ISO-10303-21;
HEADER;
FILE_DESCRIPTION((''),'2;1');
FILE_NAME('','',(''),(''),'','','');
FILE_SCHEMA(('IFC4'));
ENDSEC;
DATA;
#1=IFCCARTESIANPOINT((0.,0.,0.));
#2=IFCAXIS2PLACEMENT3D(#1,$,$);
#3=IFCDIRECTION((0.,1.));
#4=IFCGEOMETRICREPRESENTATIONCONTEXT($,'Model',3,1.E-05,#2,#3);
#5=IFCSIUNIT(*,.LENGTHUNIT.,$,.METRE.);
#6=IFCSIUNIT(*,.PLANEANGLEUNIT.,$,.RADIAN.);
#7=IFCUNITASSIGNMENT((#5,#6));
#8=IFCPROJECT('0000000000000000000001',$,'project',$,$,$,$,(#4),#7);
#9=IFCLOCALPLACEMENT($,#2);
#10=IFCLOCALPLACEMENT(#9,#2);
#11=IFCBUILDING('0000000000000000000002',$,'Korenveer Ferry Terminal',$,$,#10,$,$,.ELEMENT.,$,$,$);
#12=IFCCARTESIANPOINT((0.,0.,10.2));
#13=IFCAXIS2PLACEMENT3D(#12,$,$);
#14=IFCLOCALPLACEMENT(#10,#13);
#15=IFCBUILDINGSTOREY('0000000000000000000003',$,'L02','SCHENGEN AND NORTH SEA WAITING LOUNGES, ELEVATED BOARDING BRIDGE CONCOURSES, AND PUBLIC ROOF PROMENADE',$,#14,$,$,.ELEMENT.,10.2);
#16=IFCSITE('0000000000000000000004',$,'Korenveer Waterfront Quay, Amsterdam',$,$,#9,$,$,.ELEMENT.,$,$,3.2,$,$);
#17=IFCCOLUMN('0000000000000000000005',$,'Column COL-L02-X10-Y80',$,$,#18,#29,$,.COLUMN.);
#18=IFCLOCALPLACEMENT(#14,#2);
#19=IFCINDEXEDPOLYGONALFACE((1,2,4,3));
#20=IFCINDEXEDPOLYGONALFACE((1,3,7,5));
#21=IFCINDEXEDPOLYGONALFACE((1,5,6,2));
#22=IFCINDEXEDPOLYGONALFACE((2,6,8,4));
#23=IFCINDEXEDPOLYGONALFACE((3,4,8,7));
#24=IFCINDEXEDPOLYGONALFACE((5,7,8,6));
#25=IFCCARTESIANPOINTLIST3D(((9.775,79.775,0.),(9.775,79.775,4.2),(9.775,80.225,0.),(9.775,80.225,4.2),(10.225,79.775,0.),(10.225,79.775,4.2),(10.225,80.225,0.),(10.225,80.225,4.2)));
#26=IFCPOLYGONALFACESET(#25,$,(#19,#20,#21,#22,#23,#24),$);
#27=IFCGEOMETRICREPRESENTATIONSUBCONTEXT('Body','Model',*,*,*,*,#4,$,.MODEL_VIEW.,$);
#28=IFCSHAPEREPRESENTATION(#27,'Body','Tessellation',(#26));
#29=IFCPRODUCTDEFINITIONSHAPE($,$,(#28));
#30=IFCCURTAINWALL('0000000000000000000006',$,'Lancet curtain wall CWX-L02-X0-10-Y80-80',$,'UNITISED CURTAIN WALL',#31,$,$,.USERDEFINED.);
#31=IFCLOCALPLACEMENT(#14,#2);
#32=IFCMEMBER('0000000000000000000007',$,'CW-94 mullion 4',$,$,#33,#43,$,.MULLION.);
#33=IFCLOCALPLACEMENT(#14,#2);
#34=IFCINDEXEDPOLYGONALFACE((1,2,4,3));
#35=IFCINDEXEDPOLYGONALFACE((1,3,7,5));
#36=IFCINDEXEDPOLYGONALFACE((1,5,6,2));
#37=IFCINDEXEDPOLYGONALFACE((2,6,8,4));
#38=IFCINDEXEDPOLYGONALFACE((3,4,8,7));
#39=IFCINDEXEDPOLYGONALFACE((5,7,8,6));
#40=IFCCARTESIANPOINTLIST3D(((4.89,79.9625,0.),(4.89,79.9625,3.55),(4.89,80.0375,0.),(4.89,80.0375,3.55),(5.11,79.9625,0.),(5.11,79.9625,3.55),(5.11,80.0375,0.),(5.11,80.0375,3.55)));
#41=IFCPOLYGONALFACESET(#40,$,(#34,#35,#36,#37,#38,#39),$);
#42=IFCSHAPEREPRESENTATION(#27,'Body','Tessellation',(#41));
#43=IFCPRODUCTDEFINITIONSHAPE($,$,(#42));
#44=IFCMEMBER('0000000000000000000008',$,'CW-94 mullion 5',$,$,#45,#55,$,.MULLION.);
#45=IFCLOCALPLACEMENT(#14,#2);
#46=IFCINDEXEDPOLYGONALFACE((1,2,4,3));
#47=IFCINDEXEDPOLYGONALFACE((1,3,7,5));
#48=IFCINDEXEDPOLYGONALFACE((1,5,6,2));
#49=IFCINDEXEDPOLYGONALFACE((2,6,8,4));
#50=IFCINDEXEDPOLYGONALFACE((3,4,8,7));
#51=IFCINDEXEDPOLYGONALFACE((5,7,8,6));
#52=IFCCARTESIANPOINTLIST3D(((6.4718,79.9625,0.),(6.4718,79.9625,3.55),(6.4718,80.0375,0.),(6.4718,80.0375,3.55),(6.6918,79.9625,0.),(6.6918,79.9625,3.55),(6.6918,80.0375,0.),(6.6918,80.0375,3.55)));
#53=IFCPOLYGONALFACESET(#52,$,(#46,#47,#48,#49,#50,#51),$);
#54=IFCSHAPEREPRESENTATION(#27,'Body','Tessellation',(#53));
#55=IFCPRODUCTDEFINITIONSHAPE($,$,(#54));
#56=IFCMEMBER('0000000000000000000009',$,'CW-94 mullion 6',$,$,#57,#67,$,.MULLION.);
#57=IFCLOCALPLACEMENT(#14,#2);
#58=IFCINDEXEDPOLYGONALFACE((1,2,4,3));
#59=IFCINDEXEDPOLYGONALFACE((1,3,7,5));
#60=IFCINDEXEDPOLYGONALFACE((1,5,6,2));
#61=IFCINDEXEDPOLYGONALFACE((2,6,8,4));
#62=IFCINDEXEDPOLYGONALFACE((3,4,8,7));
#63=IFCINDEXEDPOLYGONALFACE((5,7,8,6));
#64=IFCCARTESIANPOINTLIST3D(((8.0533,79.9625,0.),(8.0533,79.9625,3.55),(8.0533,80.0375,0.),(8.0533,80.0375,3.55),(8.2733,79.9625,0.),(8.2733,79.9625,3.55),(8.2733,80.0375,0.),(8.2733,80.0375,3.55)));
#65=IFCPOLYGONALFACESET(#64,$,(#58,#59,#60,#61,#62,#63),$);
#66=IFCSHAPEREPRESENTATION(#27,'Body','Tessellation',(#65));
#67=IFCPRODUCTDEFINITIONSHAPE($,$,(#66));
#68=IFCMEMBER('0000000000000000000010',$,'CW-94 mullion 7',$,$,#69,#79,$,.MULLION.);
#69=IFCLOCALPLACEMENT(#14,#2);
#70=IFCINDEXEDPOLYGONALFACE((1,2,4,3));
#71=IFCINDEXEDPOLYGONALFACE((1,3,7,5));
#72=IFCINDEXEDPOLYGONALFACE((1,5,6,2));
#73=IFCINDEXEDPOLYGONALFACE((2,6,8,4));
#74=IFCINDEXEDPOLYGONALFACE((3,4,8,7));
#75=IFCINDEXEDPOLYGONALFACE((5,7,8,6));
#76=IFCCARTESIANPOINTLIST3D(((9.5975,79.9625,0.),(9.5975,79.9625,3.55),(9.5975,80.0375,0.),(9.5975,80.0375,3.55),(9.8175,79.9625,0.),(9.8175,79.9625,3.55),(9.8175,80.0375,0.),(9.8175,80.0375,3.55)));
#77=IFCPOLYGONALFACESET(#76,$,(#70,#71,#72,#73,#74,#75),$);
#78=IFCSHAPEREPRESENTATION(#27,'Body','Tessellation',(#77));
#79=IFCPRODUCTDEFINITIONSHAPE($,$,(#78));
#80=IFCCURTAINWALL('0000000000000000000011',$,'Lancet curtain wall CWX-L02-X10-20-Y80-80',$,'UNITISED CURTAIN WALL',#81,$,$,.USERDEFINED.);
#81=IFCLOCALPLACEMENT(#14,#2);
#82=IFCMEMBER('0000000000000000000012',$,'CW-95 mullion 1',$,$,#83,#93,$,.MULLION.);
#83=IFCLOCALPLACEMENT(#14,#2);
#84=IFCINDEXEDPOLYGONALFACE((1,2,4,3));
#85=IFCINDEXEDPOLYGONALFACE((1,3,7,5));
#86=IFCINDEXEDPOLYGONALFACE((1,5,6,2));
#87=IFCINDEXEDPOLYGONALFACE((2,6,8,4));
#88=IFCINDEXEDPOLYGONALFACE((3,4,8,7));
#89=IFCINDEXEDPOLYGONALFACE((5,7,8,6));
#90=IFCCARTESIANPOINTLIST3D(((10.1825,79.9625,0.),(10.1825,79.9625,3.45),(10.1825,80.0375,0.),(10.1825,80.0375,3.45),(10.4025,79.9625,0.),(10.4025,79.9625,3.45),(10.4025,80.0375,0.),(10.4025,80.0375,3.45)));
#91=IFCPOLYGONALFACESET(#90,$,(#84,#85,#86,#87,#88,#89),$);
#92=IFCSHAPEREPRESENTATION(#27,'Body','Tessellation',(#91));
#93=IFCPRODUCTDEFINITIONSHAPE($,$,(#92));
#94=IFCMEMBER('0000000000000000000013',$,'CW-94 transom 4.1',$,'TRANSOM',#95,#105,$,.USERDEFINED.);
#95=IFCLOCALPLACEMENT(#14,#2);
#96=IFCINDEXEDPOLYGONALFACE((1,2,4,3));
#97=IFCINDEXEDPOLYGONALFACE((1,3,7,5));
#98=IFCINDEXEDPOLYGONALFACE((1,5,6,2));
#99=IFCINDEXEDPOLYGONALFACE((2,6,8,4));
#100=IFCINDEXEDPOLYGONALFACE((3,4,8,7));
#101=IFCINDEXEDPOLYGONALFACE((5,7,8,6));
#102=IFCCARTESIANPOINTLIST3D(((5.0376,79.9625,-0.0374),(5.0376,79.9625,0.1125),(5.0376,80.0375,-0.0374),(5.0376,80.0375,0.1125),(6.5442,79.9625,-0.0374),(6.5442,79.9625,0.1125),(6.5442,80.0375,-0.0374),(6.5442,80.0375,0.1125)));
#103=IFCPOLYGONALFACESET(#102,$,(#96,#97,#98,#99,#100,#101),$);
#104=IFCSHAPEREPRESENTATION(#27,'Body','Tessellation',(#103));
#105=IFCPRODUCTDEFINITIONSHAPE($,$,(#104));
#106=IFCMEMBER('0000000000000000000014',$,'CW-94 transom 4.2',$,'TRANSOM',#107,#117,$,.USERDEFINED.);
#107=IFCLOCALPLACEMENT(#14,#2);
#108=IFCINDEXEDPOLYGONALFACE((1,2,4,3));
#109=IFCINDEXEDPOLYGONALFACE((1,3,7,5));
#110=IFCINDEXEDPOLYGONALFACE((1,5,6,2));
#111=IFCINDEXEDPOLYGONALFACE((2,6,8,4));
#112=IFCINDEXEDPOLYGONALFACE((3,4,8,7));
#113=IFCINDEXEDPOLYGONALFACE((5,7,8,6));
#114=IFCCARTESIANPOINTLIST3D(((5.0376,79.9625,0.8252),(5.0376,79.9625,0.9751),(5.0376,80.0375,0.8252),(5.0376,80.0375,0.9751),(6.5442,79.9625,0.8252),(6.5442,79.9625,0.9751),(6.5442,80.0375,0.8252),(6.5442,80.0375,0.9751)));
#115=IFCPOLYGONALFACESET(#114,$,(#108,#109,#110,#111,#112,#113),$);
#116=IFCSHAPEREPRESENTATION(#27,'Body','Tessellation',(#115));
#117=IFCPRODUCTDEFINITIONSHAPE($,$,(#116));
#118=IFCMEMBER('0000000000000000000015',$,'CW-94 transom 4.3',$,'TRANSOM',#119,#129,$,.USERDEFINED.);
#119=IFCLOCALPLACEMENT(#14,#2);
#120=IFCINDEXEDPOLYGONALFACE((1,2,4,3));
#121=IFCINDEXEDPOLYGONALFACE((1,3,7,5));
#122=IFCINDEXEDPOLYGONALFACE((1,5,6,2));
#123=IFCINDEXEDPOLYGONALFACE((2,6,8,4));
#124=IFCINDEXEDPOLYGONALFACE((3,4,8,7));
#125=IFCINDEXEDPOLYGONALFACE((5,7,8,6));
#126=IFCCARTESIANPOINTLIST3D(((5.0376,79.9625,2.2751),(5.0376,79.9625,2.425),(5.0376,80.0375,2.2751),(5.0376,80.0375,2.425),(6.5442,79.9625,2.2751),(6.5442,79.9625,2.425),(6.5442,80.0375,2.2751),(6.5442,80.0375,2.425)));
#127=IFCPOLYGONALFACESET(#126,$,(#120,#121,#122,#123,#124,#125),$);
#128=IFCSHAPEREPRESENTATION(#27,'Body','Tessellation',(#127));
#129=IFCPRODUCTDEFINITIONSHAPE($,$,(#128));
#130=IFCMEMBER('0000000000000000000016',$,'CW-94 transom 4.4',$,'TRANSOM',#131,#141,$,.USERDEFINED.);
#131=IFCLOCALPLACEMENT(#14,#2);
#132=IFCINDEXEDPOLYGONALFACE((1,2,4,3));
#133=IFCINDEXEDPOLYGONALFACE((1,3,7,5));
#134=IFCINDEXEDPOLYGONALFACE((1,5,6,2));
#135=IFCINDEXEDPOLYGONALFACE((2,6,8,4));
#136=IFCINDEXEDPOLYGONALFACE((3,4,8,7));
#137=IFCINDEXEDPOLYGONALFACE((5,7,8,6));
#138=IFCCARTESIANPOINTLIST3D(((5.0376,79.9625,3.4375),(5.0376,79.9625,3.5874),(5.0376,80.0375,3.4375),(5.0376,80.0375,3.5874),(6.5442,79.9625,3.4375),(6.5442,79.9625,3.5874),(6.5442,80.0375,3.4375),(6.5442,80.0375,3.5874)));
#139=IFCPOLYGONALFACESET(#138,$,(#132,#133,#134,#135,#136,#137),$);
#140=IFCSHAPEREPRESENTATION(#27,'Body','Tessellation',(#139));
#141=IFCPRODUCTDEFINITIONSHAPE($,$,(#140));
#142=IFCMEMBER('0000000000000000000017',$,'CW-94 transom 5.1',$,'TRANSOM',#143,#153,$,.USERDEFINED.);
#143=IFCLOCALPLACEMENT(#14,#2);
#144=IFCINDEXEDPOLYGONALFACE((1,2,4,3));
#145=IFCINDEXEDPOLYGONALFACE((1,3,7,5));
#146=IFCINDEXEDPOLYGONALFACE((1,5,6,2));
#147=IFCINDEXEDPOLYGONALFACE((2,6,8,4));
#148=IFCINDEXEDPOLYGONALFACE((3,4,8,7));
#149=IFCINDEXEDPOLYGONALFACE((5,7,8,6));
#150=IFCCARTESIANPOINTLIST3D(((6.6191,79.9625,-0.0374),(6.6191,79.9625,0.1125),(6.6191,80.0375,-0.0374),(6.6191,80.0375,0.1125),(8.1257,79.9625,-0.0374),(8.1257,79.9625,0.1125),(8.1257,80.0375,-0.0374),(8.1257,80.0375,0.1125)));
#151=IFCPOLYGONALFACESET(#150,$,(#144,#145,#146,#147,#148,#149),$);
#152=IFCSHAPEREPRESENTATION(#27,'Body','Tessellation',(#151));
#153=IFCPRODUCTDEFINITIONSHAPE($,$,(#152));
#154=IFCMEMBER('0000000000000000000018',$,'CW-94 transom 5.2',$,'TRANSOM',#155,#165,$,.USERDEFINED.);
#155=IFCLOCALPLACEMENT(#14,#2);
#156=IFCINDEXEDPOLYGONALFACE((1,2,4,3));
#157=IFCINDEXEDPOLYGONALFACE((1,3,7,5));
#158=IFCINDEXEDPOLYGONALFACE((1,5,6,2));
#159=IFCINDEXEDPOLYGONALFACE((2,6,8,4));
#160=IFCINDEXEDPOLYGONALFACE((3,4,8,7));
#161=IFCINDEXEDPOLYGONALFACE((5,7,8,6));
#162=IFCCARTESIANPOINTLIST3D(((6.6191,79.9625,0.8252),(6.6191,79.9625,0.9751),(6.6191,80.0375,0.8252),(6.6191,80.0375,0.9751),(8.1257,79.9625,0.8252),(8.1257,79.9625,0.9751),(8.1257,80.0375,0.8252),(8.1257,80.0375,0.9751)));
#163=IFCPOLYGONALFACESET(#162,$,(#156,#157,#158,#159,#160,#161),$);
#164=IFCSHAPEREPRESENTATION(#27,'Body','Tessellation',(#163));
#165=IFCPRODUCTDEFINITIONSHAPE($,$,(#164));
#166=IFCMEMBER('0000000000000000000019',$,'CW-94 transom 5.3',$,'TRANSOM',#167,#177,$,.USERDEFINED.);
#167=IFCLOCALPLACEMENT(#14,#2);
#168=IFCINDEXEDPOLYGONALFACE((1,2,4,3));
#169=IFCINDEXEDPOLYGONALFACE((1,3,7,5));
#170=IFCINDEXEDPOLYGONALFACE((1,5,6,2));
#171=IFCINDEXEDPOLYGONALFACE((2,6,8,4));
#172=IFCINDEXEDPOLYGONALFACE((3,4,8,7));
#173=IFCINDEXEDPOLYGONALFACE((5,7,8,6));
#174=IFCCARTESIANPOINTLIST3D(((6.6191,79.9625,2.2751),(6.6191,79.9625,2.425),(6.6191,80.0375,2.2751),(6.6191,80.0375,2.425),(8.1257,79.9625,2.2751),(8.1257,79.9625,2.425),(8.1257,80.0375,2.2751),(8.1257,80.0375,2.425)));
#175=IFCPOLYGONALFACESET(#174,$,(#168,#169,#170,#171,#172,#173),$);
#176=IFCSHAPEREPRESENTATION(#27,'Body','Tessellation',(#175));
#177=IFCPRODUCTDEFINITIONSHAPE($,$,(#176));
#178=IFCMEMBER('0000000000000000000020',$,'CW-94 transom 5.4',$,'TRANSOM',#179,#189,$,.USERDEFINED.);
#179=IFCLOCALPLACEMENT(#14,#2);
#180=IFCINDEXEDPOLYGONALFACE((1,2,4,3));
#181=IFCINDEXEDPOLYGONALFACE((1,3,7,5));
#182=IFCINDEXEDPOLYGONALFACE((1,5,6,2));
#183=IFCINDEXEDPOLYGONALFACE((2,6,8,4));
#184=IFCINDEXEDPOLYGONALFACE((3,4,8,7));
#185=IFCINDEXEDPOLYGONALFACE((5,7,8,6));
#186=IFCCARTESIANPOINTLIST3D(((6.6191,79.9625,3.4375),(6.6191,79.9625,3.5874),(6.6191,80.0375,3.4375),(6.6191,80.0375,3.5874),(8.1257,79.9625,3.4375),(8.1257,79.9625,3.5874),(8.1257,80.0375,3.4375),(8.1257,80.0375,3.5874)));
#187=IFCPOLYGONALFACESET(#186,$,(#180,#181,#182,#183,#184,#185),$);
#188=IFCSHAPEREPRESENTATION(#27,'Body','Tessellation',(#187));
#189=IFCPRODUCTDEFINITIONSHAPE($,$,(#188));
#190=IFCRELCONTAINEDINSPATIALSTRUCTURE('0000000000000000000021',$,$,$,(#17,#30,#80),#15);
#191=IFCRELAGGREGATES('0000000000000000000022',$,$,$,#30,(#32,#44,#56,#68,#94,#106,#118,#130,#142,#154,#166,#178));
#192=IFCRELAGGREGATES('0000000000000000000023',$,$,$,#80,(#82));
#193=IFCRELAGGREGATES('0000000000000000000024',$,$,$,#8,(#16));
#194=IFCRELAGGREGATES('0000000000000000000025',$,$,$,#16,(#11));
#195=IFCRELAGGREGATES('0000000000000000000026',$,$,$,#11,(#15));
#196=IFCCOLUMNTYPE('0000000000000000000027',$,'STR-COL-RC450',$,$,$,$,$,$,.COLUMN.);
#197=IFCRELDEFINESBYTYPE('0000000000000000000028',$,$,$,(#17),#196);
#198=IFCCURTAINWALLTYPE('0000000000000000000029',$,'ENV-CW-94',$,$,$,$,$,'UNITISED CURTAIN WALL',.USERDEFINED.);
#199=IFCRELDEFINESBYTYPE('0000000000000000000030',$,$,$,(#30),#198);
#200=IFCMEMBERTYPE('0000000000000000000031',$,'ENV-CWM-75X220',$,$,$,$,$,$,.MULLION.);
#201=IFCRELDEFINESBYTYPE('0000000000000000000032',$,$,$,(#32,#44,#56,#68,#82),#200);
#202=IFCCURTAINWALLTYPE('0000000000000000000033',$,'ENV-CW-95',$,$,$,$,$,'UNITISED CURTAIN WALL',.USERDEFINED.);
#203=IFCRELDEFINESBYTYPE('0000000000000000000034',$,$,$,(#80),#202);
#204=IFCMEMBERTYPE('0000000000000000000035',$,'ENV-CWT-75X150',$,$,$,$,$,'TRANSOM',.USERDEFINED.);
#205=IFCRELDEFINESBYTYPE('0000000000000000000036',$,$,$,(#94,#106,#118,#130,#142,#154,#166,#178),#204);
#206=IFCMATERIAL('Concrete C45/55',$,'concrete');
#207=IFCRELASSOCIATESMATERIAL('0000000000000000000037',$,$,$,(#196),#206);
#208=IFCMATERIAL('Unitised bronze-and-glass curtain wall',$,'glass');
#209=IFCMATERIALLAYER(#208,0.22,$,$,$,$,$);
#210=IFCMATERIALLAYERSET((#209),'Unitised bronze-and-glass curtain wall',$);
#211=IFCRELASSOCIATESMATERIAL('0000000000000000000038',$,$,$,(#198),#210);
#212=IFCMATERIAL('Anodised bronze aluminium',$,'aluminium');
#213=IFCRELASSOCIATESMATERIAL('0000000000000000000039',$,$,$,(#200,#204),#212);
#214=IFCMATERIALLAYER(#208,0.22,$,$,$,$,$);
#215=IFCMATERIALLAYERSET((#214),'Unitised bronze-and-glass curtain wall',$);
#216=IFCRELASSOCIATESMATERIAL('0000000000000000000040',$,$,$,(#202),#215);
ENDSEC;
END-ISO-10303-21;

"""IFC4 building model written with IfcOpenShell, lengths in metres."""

from ifc_helpers import new_model, si_unit, direction, frame, origin, origin_2d, place, context, subcontext, project, spatial, rectangle, extrude, material, layer, layer_set, material_profile, profile_set, type_object, element, aggregate, save


model = new_model("IFC4")

# Units and contexts
model_context = context("Model", 3, precision=1e-05, world=origin(), true_north=direction((0.0, 1.0)))
body_context = subcontext(model_context, "Body", "Model", "MODEL_VIEW")
ifc_project = project(units=[si_unit("LENGTHUNIT", "METRE"), si_unit("PLANEANGLEUNIT", "RADIAN")], contexts=[model_context])

# Site, building, storey
site_placement = place(None, origin())
site = spatial("IfcSite", under=ifc_project, at=site_placement, Name="Korenveer Waterfront Quay, Amsterdam", CompositionType="ELEMENT", RefElevation=3.2)
building_placement = place(site_placement, origin())
building = spatial("IfcBuilding", under=site, at=building_placement, Name="Korenveer Ferry Terminal", CompositionType="ELEMENT")
storey_placement = place(building_placement, frame((0.0, 0.0, 10.2)))
storey = spatial("IfcBuildingStorey", under=building, at=storey_placement, Name="L02", Description="SCHENGEN AND NORTH SEA WAITING LOUNGES, ELEVATED BOARDING BRIDGE CONCOURSES, AND PUBLIC ROOF PROMENADE", CompositionType="ELEMENT", Elevation=10.2)

# Column
ifc_material_1 = material(Name="Concrete C45/55", Category="concrete")
ifc_material_profile_1 = material_profile(ifc_material_1, rectangle(XDim=0.45, YDim=0.45, at=origin_2d()), Name="RC 450x450")
ifc_profile_set_1 = profile_set([ifc_material_profile_1], Name="Concrete C45/55")
column_type = type_object("IfcColumnType", Name="STR-COL-RC450", PredefinedType="COLUMN", material=ifc_profile_set_1)
column_placement = place(storey_placement, frame((10.0, 80.0, 0.0), z_axis=(0.0, 0.0, 1.0), x_axis=(1.0, 0.0, 0.0)))
element("IfcColumn", 1, at=column_placement, inside=storey, type_object=column_type, Name="Column COL-L02-X10-Y80", PredefinedType="COLUMN", context=body_context, shape_type="SweptSolid", body=[
    extrude(rectangle(XDim=0.45, YDim=0.45, at=origin_2d()), origin(), (0.0, 0.0, 1.0), 4.2),
])

# Curtain wall, members
ifc_material_2 = material(Name="Unitised bronze-and-glass curtain wall", Category="glass")
ifc_layer_1 = layer(ifc_material_2, 0.22)
ifc_layer_set_1 = layer_set([ifc_layer_1], Name="Unitised bronze-and-glass curtain wall")
curtain_wall_type_1 = type_object("IfcCurtainWallType", Name="ENV-CW-94", ElementType="UNITISED CURTAIN WALL", PredefinedType="USERDEFINED", material=ifc_layer_set_1)
curtain_wall_1_placement = place(storey_placement, frame((0.2549, 80.0, 0.0)))
curtain_wall_1 = element("IfcCurtainWall", 2, at=curtain_wall_1_placement, inside=storey, type_object=curtain_wall_type_1, Name="Lancet curtain wall CWX-L02-X0-10-Y80-80", ObjectType="UNITISED CURTAIN WALL", PredefinedType="USERDEFINED")
ifc_material_3 = material(Name="Anodised bronze aluminium", Category="aluminium")
ifc_material_profile_2 = material_profile(ifc_material_3, rectangle(XDim=0.075, YDim=0.22, at=origin_2d()), Name="ALU 75x220")
ifc_profile_set_2 = profile_set([ifc_material_profile_2], Name="Anodised bronze aluminium")
member_type_1 = type_object("IfcMemberType", Name="ENV-CWM-75X220", PredefinedType="MULLION", material=ifc_profile_set_2)
member_1_placement = place(storey_placement, frame((5.0, 80.0, 0.0), z_axis=(0.0, 0.0, 1.0), x_axis=(0.0, 1.0, 0.0)))
member_1 = element("IfcMember", 3, at=member_1_placement, type_object=member_type_1, Name="CW-94 mullion 4", PredefinedType="MULLION", context=body_context, shape_type="SweptSolid", body=[
    extrude(rectangle(XDim=0.075, YDim=0.22, at=origin_2d()), origin(), (0.0, 0.0, 1.0), 3.55),
])
member_2_placement = place(storey_placement, frame((6.5818, 80.0, 0.0), z_axis=(0.0, 0.0, 1.0), x_axis=(0.0, 1.0, 0.0)))
member_2 = element("IfcMember", 4, at=member_2_placement, type_object=member_type_1, Name="CW-94 mullion 5", PredefinedType="MULLION", context=body_context, shape_type="SweptSolid", body=[
    extrude(rectangle(XDim=0.075, YDim=0.22, at=origin_2d()), origin(), (0.0, 0.0, 1.0), 3.55),
])
member_3_placement = place(storey_placement, frame((8.1633, 80.0, 0.0), z_axis=(0.0, 0.0, 1.0), x_axis=(0.0, 1.0, 0.0)))
member_3 = element("IfcMember", 5, at=member_3_placement, type_object=member_type_1, Name="CW-94 mullion 6", PredefinedType="MULLION", context=body_context, shape_type="SweptSolid", body=[
    extrude(rectangle(XDim=0.075, YDim=0.22, at=origin_2d()), origin(), (0.0, 0.0, 1.0), 3.55),
])
member_4_placement = place(storey_placement, frame((9.7075, 80.0, 0.0), z_axis=(0.0, 0.0, 1.0), x_axis=(0.0, 1.0, 0.0)))
member_4 = element("IfcMember", 6, at=member_4_placement, type_object=member_type_1, Name="CW-94 mullion 7", PredefinedType="MULLION", context=body_context, shape_type="SweptSolid", body=[
    extrude(rectangle(XDim=0.075, YDim=0.22, at=origin_2d()), origin(), (0.0, 0.0, 1.0), 3.55),
])

# Curtain wall, member
ifc_layer_2 = layer(ifc_material_2, 0.22)
ifc_layer_set_2 = layer_set([ifc_layer_2], Name="Unitised bronze-and-glass curtain wall")
curtain_wall_type_2 = type_object("IfcCurtainWallType", Name="ENV-CW-95", ElementType="UNITISED CURTAIN WALL", PredefinedType="USERDEFINED", material=ifc_layer_set_2)
curtain_wall_2_placement = place(storey_placement, frame((10.2549, 80.0, 0.0)))
curtain_wall_2 = element("IfcCurtainWall", 7, at=curtain_wall_2_placement, inside=storey, type_object=curtain_wall_type_2, Name="Lancet curtain wall CWX-L02-X10-20-Y80-80", ObjectType="UNITISED CURTAIN WALL", PredefinedType="USERDEFINED")
member_5_placement = place(storey_placement, frame((10.2925, 80.0, 0.0), z_axis=(0.0, 0.0, 1.0), x_axis=(0.0, 1.0, 0.0)))
member_5 = element("IfcMember", 8, at=member_5_placement, type_object=member_type_1, Name="CW-95 mullion 1", PredefinedType="MULLION", context=body_context, shape_type="SweptSolid", body=[
    extrude(rectangle(XDim=0.075, YDim=0.22, at=origin_2d()), origin(), (0.0, 0.0, 1.0), 3.45),
])

# Members
ifc_material_profile_3 = material_profile(ifc_material_3, rectangle(XDim=0.075, YDim=0.1499, at=origin_2d()), Name="ALU 75x150")
ifc_profile_set_3 = profile_set([ifc_material_profile_3], Name="Anodised bronze aluminium")
member_type_2 = type_object("IfcMemberType", Name="ENV-CWT-75X150", ElementType="TRANSOM", PredefinedType="USERDEFINED", material=ifc_profile_set_3)
member_6_placement = place(storey_placement, frame((5.0376, 80.0, 0.0376), z_axis=(1.0, 0.0, 0.0), x_axis=(0.0, 1.0, 0.0)))
member_6 = element("IfcMember", 9, at=member_6_placement, type_object=member_type_2, Name="CW-94 transom 4.1", ObjectType="TRANSOM", PredefinedType="USERDEFINED", context=body_context, shape_type="SweptSolid", body=[
    extrude(rectangle(XDim=0.075, YDim=0.1499, at=origin_2d()), origin(), (0.0, 0.0, 1.0), 1.5066),
])
member_7_placement = place(storey_placement, frame((5.0376, 80.0, 0.9001), z_axis=(1.0, 0.0, 0.0), x_axis=(0.0, 1.0, 0.0)))
member_7 = element("IfcMember", 10, at=member_7_placement, type_object=member_type_2, Name="CW-94 transom 4.2", ObjectType="TRANSOM", PredefinedType="USERDEFINED", context=body_context, shape_type="SweptSolid", body=[
    extrude(rectangle(XDim=0.075, YDim=0.1499, at=origin_2d()), origin(), (0.0, 0.0, 1.0), 1.5066),
])
member_8_placement = place(storey_placement, frame((5.0376, 80.0, 2.3501), z_axis=(1.0, 0.0, 0.0), x_axis=(0.0, 1.0, 0.0)))
member_8 = element("IfcMember", 11, at=member_8_placement, type_object=member_type_2, Name="CW-94 transom 4.3", ObjectType="TRANSOM", PredefinedType="USERDEFINED", context=body_context, shape_type="SweptSolid", body=[
    extrude(rectangle(XDim=0.075, YDim=0.1499, at=origin_2d()), origin(), (0.0, 0.0, 1.0), 1.5066),
])
member_9_placement = place(storey_placement, frame((5.0376, 80.0, 3.5125), z_axis=(1.0, 0.0, 0.0), x_axis=(0.0, 1.0, 0.0)))
member_9 = element("IfcMember", 12, at=member_9_placement, type_object=member_type_2, Name="CW-94 transom 4.4", ObjectType="TRANSOM", PredefinedType="USERDEFINED", context=body_context, shape_type="SweptSolid", body=[
    extrude(rectangle(XDim=0.075, YDim=0.1499, at=origin_2d()), origin(), (0.0, 0.0, 1.0), 1.5066),
])
member_10_placement = place(storey_placement, frame((6.6191, 80.0, 0.0376), z_axis=(1.0, 0.0, 0.0), x_axis=(0.0, 1.0, 0.0)))
member_10 = element("IfcMember", 13, at=member_10_placement, type_object=member_type_2, Name="CW-94 transom 5.1", ObjectType="TRANSOM", PredefinedType="USERDEFINED", context=body_context, shape_type="SweptSolid", body=[
    extrude(rectangle(XDim=0.075, YDim=0.1499, at=origin_2d()), origin(), (0.0, 0.0, 1.0), 1.5066),
])
member_11_placement = place(storey_placement, frame((6.6191, 80.0, 0.9001), z_axis=(1.0, 0.0, 0.0), x_axis=(0.0, 1.0, 0.0)))
member_11 = element("IfcMember", 14, at=member_11_placement, type_object=member_type_2, Name="CW-94 transom 5.2", ObjectType="TRANSOM", PredefinedType="USERDEFINED", context=body_context, shape_type="SweptSolid", body=[
    extrude(rectangle(XDim=0.075, YDim=0.1499, at=origin_2d()), origin(), (0.0, 0.0, 1.0), 1.5066),
])
member_12_placement = place(storey_placement, frame((6.6191, 80.0, 2.3501), z_axis=(1.0, 0.0, 0.0), x_axis=(0.0, 1.0, 0.0)))
member_12 = element("IfcMember", 15, at=member_12_placement, type_object=member_type_2, Name="CW-94 transom 5.3", ObjectType="TRANSOM", PredefinedType="USERDEFINED", context=body_context, shape_type="SweptSolid", body=[
    extrude(rectangle(XDim=0.075, YDim=0.1499, at=origin_2d()), origin(), (0.0, 0.0, 1.0), 1.5066),
])
member_13_placement = place(storey_placement, frame((6.6191, 80.0, 3.5125), z_axis=(1.0, 0.0, 0.0), x_axis=(0.0, 1.0, 0.0)))
member_13 = element("IfcMember", 16, at=member_13_placement, type_object=member_type_2, Name="CW-94 transom 5.4", ObjectType="TRANSOM", PredefinedType="USERDEFINED", context=body_context, shape_type="SweptSolid", body=[
    extrude(rectangle(XDim=0.075, YDim=0.1499, at=origin_2d()), origin(), (0.0, 0.0, 1.0), 1.5066),
])

aggregate(curtain_wall_1, [member_1, member_2, member_3, member_4, member_6, member_7, member_8, member_9, member_10, member_11, member_12, member_13])
aggregate(curtain_wall_2, [member_5])

save(model, "model.ifc")
